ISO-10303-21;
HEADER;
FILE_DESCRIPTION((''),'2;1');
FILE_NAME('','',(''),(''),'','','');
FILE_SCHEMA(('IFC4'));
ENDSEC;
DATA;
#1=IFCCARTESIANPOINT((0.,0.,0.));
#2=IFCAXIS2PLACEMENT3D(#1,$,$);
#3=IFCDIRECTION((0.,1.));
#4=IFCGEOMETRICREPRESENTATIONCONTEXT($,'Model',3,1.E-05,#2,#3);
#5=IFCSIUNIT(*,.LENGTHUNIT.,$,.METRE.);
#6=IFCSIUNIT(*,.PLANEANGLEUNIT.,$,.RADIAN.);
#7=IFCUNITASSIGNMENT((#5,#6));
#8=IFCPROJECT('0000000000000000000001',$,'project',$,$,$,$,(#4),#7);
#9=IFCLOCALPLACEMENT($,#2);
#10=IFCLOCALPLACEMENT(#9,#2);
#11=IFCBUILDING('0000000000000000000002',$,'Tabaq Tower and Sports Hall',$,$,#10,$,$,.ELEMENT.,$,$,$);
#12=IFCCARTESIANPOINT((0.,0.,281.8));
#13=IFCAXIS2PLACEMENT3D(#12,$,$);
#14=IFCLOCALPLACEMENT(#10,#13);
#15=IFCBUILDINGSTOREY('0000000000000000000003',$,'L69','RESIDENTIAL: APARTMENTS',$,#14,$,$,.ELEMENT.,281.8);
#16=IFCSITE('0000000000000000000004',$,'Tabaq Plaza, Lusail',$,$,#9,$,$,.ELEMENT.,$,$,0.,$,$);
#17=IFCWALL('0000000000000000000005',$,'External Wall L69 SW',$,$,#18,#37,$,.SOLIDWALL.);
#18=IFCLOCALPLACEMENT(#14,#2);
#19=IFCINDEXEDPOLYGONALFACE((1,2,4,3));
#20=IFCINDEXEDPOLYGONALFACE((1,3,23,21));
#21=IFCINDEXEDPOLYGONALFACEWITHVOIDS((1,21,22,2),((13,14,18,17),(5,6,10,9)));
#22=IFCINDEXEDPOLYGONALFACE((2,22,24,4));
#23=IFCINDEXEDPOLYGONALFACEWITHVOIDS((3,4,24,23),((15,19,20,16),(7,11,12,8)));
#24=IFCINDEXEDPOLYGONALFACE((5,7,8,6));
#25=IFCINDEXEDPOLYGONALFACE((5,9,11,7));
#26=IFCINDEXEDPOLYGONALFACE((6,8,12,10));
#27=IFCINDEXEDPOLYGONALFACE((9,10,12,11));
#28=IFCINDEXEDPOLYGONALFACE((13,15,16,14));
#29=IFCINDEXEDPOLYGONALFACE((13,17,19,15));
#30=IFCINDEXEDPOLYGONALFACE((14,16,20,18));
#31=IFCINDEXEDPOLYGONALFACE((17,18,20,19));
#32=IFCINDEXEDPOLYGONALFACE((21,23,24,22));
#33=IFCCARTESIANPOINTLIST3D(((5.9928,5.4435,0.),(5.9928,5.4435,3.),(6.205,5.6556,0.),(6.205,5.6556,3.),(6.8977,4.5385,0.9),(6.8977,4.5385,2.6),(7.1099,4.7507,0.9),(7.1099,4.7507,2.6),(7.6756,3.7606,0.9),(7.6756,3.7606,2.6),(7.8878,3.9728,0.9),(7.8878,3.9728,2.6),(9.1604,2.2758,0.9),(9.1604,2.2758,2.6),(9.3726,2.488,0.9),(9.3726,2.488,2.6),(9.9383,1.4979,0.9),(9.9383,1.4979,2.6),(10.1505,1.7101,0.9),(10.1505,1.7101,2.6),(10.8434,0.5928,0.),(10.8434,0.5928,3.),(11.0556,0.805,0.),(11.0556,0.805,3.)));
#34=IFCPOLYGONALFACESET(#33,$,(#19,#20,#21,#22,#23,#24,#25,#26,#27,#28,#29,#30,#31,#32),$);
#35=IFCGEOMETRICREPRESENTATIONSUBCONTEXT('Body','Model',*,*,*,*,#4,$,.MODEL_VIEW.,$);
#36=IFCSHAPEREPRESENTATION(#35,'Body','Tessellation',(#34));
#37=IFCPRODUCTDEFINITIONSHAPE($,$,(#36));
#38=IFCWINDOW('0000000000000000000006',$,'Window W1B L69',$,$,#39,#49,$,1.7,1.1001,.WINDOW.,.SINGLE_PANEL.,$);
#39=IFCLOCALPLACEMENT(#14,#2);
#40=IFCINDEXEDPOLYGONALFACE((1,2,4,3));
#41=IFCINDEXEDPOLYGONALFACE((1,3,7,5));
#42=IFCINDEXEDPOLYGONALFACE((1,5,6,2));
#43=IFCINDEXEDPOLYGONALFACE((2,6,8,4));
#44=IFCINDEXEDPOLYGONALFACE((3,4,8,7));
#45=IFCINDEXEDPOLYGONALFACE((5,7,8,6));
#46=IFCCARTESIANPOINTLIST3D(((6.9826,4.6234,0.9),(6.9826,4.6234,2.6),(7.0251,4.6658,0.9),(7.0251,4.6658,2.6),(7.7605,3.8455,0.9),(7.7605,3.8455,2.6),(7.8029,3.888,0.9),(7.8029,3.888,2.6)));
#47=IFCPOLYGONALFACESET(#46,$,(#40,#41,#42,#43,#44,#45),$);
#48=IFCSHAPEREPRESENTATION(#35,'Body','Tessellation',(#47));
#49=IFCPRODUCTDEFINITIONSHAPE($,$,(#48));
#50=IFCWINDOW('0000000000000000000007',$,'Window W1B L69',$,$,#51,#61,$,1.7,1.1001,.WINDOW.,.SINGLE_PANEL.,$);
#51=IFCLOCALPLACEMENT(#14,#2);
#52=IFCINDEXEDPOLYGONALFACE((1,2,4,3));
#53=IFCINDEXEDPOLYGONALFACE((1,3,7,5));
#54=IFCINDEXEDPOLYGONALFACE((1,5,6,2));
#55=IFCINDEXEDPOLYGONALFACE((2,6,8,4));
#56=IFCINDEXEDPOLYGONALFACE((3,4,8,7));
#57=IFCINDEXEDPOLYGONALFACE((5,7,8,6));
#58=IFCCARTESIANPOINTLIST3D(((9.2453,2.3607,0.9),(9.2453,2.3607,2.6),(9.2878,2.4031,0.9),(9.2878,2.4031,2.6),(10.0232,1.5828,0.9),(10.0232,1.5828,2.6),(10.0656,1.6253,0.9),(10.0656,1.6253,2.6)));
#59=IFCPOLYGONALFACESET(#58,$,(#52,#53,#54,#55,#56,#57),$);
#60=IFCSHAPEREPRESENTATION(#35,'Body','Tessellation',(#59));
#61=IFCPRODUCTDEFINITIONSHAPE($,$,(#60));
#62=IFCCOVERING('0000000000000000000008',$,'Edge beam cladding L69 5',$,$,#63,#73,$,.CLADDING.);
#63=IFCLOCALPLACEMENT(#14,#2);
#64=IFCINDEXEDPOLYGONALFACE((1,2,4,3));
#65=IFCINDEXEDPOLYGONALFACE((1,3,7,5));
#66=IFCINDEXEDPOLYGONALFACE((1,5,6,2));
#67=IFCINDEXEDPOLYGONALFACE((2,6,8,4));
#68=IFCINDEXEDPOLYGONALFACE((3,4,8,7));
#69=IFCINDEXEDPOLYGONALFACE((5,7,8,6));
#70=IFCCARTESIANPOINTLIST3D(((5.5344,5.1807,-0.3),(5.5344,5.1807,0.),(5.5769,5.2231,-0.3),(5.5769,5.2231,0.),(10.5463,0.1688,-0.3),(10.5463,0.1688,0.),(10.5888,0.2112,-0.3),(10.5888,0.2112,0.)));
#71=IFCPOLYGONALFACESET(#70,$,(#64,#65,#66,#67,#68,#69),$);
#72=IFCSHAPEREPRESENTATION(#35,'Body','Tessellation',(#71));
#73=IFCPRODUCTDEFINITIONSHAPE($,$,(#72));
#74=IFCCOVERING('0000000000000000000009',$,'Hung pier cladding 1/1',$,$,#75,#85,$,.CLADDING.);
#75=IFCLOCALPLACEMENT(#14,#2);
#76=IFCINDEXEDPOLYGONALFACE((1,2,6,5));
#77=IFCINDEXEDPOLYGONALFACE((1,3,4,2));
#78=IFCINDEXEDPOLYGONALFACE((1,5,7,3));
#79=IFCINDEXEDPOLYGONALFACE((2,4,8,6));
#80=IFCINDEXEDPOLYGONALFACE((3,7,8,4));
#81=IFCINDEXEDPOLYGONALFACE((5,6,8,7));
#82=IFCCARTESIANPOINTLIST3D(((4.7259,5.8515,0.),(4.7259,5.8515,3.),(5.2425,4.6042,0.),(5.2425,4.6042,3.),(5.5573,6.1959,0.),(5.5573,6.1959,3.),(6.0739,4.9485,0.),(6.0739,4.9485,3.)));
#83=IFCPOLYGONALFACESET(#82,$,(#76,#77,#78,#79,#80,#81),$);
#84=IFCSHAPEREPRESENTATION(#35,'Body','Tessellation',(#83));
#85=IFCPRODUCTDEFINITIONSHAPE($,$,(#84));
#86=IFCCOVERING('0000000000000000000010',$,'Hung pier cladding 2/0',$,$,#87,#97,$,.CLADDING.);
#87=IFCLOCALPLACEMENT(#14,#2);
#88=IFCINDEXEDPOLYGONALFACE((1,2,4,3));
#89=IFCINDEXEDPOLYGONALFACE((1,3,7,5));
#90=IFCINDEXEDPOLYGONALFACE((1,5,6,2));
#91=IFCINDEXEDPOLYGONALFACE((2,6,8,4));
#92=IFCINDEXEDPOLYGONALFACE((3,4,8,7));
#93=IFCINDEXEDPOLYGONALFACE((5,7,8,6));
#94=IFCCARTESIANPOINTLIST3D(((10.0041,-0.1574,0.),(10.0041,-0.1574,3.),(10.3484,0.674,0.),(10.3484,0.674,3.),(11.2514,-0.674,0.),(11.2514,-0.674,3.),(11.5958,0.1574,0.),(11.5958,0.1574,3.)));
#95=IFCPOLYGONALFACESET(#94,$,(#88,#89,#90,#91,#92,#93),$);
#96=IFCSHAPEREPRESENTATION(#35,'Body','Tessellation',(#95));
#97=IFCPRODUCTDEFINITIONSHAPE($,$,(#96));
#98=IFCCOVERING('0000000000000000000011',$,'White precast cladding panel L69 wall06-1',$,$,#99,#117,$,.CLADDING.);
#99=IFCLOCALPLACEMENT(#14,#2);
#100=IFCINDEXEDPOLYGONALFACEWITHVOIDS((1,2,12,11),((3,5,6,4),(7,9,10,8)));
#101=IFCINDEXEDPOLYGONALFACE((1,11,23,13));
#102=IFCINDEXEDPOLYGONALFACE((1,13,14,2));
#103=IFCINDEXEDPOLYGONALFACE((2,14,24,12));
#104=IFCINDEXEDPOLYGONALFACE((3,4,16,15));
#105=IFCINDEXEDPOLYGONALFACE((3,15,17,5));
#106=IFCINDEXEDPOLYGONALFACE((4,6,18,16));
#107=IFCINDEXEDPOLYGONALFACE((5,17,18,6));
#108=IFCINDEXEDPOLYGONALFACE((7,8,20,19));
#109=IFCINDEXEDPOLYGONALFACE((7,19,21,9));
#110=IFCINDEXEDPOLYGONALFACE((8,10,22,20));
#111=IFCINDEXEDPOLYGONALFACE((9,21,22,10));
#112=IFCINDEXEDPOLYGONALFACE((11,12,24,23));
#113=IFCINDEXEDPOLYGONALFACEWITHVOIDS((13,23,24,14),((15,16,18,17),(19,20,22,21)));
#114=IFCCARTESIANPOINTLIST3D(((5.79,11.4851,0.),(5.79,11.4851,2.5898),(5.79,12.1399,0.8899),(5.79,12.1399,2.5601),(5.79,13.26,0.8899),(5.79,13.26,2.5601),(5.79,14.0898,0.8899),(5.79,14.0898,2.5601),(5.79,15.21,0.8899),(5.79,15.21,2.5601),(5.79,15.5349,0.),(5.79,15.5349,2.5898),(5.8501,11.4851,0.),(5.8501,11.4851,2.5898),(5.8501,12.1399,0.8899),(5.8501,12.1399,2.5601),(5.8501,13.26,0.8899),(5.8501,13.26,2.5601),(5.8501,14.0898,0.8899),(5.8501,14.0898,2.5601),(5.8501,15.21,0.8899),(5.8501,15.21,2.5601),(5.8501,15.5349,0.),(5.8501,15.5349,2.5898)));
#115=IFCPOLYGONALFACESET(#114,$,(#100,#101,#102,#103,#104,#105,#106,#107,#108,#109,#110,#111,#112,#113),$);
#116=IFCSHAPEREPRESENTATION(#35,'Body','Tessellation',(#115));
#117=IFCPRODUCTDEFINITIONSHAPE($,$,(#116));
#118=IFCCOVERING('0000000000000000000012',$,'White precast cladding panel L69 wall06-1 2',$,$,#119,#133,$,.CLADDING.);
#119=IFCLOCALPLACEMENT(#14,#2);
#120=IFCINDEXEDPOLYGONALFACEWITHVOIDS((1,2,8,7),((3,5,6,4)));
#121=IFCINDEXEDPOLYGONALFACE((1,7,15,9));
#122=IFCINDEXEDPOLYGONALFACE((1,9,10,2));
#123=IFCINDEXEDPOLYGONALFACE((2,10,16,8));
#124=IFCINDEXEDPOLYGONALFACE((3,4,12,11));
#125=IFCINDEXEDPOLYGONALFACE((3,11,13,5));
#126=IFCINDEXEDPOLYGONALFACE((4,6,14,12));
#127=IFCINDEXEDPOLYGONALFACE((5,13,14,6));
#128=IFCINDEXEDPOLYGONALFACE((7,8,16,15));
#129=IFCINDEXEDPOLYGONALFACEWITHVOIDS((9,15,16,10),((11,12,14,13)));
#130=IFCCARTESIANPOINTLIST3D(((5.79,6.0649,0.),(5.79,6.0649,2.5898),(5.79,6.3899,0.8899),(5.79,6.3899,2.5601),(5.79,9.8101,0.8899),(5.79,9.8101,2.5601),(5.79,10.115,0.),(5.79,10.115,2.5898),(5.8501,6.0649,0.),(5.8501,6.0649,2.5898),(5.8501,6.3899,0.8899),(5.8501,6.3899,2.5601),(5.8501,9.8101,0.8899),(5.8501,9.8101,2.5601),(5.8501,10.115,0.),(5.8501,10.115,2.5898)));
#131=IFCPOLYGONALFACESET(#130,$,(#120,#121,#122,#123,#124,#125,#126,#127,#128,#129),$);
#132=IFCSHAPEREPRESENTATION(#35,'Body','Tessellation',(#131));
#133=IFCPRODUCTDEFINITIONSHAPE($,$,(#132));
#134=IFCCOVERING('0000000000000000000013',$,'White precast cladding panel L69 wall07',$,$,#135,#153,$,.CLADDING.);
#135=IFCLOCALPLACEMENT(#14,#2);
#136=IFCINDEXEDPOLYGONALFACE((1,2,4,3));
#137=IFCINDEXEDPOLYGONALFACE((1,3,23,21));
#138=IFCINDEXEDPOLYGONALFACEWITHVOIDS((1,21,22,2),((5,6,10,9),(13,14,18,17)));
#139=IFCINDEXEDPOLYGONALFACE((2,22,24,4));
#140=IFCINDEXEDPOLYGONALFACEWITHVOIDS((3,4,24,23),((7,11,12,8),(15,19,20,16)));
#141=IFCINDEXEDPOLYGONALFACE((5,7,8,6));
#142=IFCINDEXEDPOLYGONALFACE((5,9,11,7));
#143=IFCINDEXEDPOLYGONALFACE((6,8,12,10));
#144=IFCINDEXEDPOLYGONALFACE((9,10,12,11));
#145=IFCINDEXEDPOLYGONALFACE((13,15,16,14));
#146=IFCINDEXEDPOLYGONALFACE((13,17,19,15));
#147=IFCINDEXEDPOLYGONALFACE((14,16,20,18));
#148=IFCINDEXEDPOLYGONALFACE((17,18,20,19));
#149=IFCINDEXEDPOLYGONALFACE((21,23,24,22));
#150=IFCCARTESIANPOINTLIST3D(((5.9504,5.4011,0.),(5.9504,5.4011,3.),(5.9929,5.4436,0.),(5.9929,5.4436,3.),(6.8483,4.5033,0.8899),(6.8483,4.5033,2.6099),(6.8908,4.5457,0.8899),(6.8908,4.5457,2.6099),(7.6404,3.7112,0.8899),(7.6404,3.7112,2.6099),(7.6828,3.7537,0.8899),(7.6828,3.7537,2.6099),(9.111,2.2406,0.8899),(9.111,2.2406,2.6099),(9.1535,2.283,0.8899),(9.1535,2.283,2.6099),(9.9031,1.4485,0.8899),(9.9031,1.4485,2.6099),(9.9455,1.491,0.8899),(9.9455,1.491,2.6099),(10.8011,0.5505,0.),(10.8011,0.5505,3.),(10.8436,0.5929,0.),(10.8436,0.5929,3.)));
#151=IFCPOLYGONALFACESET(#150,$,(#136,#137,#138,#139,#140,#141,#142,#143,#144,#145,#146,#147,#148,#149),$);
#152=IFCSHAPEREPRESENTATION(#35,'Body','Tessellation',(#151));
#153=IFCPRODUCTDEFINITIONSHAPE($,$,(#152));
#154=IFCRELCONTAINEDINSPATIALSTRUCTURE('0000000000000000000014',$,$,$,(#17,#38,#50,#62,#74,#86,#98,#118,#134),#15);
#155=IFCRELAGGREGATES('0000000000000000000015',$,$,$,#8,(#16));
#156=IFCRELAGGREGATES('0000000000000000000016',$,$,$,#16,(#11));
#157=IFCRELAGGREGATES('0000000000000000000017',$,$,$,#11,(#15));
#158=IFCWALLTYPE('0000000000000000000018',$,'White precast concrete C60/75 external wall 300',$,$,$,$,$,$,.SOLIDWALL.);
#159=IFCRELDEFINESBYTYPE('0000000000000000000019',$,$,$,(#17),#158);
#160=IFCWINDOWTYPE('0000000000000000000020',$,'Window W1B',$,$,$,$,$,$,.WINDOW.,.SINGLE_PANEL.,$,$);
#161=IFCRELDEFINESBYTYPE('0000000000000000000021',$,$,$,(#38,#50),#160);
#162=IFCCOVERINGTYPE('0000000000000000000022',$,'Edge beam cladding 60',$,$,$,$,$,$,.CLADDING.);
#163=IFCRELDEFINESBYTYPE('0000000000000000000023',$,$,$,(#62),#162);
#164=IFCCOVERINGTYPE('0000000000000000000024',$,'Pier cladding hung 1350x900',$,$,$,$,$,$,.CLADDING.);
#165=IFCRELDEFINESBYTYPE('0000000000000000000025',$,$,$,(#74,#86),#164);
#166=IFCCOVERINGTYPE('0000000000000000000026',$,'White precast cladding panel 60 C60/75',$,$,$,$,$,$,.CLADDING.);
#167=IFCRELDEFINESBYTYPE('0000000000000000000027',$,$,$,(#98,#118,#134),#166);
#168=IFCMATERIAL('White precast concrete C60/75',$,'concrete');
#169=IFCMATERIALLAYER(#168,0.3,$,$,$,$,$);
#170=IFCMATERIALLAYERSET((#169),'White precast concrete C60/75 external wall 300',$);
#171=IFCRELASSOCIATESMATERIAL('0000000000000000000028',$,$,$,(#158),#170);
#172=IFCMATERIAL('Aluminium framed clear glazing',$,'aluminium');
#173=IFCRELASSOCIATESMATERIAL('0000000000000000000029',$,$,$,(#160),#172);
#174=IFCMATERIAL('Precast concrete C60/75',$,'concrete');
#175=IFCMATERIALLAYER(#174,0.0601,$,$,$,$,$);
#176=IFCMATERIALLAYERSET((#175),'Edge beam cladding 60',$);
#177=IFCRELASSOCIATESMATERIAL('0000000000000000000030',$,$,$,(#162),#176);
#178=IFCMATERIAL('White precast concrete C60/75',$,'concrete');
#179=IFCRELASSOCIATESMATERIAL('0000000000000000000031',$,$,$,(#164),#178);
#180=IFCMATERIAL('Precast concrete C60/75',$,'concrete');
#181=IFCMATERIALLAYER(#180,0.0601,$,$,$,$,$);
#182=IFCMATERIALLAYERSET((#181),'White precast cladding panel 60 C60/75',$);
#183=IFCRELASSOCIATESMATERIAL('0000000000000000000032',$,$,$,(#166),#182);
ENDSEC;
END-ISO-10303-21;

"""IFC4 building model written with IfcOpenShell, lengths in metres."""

from ifc_helpers import new_model, si_unit, direction, frame, frame_2d, origin, place, context, subcontext, project, spatial, polyline, rectangle, outline, extrude, material, layer, layer_set, type_object, element, fill, save


model = new_model("IFC4")

# Units and contexts
model_context = context("Model", 3, precision=1e-05, world=origin(), true_north=direction((0.0, 1.0)))
body_context = subcontext(model_context, "Body", "Model", "MODEL_VIEW")
ifc_project = project(units=[si_unit("LENGTHUNIT", "METRE"), si_unit("PLANEANGLEUNIT", "RADIAN")], contexts=[model_context])

# Site, building, storey
site_placement = place(None, origin())
site = spatial("IfcSite", under=ifc_project, at=site_placement, Name="Tabaq Plaza, Lusail", CompositionType="ELEMENT", RefElevation=0.0)
building_placement = place(site_placement, origin())
building = spatial("IfcBuilding", under=site, at=building_placement, Name="Tabaq Tower and Sports Hall", CompositionType="ELEMENT")
storey_placement = place(building_placement, frame((0.0, 0.0, 281.8)))
storey = spatial("IfcBuildingStorey", under=building, at=storey_placement, Name="L69", Description="RESIDENTIAL: APARTMENTS", CompositionType="ELEMENT", Elevation=281.8)

# Wall, openings, windows
ifc_material_1 = material(Name="White precast concrete C60/75", Category="concrete")
ifc_layer_1 = layer(ifc_material_1, 0.3)
ifc_layer_set_1 = layer_set([ifc_layer_1], Name="White precast concrete C60/75 external wall 300")
wall_type_1 = type_object("IfcWallType", Name="White precast concrete C60/75 external wall 300", PredefinedType="SOLIDWALL", material=ifc_layer_set_1)
ifc_material_2 = material(Name="Aluminium framed clear glazing", Category="aluminium")
window_type_1 = type_object("IfcWindowType", Name="Window W1B", PartitioningType="SINGLE_PANEL", PredefinedType="WINDOW", material=ifc_material_2)
wall_1_placement = place(storey_placement, frame((6.0989, 5.5496, 0.0), z_axis=(0.0, 0.0, 1.0), x_axis=(0.707107, -0.707107, 0.0)))
wall_1 = element("IfcWall", 1, at=wall_1_placement, inside=storey, type_object=wall_type_1, Name="External Wall L69 SW", PredefinedType="SOLIDWALL", context=body_context, shape_type="SweptSolid", body=[
    extrude(rectangle(XDim=6.8599, YDim=0.3, at=frame_2d((3.4299, 0.0))), origin(), (0.0, 0.0, 1.0), 3.0),
])
opening_1_placement = place(wall_1_placement, frame((1.2798, 0.0, 0.8999)))
opening_1 = element("IfcOpeningElement", 2, at=opening_1_placement, cuts=wall_1, PredefinedType="OPENING", context=body_context, shape_type="SweptSolid", body=[
    extrude(rectangle(XDim=1.1001, YDim=1.7, at=frame_2d((0.55, 0.8501))), frame((0.0, 0.1602, 0.0), z_axis=(0.0, -1.0, 0.0), x_axis=(1.0, 0.0, 0.0)), (0.0, 0.0, 1.0), 0.3201),
])
opening_2_placement = place(wall_1_placement, frame((4.4797, 0.0, 0.8999)))
opening_2 = element("IfcOpeningElement", 3, at=opening_2_placement, cuts=wall_1, PredefinedType="OPENING", context=body_context, shape_type="SweptSolid", body=[
    extrude(rectangle(XDim=1.1001, YDim=1.7, at=frame_2d((0.55, 0.8501))), frame((0.0, 0.1602, 0.0), z_axis=(0.0, -1.0, 0.0), x_axis=(1.0, 0.0, 0.0)), (0.0, 0.0, 1.0), 0.3201),
])
window_1_placement = place(opening_1_placement, origin())
window_1 = element("IfcWindow", 4, at=window_1_placement, inside=storey, type_object=window_type_1, Name="Window W1B L69", OverallHeight=1.7, OverallWidth=1.1001, PartitioningType="SINGLE_PANEL", PredefinedType="WINDOW", context=body_context, shape_type="SweptSolid", body=[
    extrude(rectangle(XDim=1.1001, YDim=1.7, at=frame_2d((0.55, 0.8501))), frame((0.0, 0.03, 0.0), z_axis=(0.0, -1.0, 0.0), x_axis=(1.0, 0.0, 0.0)), (0.0, 0.0, 1.0), 0.0601),
])
fill(opening_1, window_1)
window_2_placement = place(opening_2_placement, origin())
window_2 = element("IfcWindow", 5, at=window_2_placement, inside=storey, type_object=window_type_1, Name="Window W1B L69", OverallHeight=1.7, OverallWidth=1.1001, PartitioningType="SINGLE_PANEL", PredefinedType="WINDOW", context=body_context, shape_type="SweptSolid", body=[
    extrude(rectangle(XDim=1.1001, YDim=1.7, at=frame_2d((0.55, 0.8501))), frame((0.0, 0.03, 0.0), z_axis=(0.0, -1.0, 0.0), x_axis=(1.0, 0.0, 0.0)), (0.0, 0.0, 1.0), 0.0601),
])
fill(opening_2, window_2)

# Coverings
ifc_material_3 = material(Name="Precast concrete C60/75", Category="concrete")
ifc_layer_2 = layer(ifc_material_3, 0.0601)
ifc_layer_set_2 = layer_set([ifc_layer_2], Name="Edge beam cladding 60")
covering_type_1 = type_object("IfcCoveringType", Name="Edge beam cladding 60", PredefinedType="CLADDING", material=ifc_layer_set_2)
covering_1_placement = place(storey_placement, frame((5.5557, 5.2019, -0.3), z_axis=(0.0, 0.0, 1.0), x_axis=(0.707107, -0.707107, 0.0)))
element("IfcCovering", 6, at=covering_1_placement, inside=storey, type_object=covering_type_1, Name="Edge beam cladding L69 5", PredefinedType="CLADDING", context=body_context, shape_type="SweptSolid", body=[
    extrude(rectangle(XDim=7.0879, YDim=0.0601, at=frame_2d((3.5439, 0.0))), origin(), (0.0, 0.0, 1.0), 0.3),
])
ifc_material_4 = material(Name="White precast concrete C60/75", Category="concrete")
covering_type_2 = type_object("IfcCoveringType", Name="Pier cladding hung 1350x900", PredefinedType="CLADDING", material=ifc_material_4)
for number, where, z_axis, x_axis, name in (
    (7, (5.1416, 6.0237, 0.0), (0.0, 0.0, 1.0), (0.38265, -0.923893, 0.0), "Hung pier cladding 1/1"),
    (8, (10.1763, 0.2583, 0.0), (0.0, 0.0, 1.0), (0.923893, -0.38265, 0.0), "Hung pier cladding 2/0"),
):
    element("IfcCovering", number, at=place(storey_placement, frame(where, z_axis=z_axis, x_axis=x_axis)), inside=storey, type_object=covering_type_2, Name=name, PredefinedType="CLADDING", context=body_context, shape_type="SweptSolid", body=[
        extrude(rectangle(XDim=1.3501, YDim=0.8999, at=frame_2d((0.675, 0.0))), origin(), (0.0, 0.0, 1.0), 3.0),
    ])
ifc_material_5 = material(Name="Precast concrete C60/75", Category="concrete")
ifc_layer_3 = layer(ifc_material_5, 0.0601)
ifc_layer_set_3 = layer_set([ifc_layer_3], Name="White precast cladding panel 60 C60/75")
covering_type_3 = type_object("IfcCoveringType", Name="White precast cladding panel 60 C60/75", PredefinedType="CLADDING", material=ifc_layer_set_3)
covering_2_placement = place(storey_placement, frame((5.8201, 15.5349, 0.0), z_axis=(0.0, 0.0, 1.0), x_axis=(0.0, -1.0, 0.0)))
element("IfcCovering", 9, at=covering_2_placement, inside=storey, type_object=covering_type_3, Name="White precast cladding panel L69 wall06-1", PredefinedType="CLADDING", context=body_context, shape_type="SweptSolid", body=[
    extrude(outline(polyline([(0.0, 0.0), (4.0498, 0.0), (4.0498, 2.5898), (0.0, 2.5898), (0.0, 0.0)]), holes=[polyline([(0.325, 0.8899), (0.325, 2.5601), (1.4451, 2.5601), (1.4451, 0.8899), (0.325, 0.8899)]), polyline([(2.2749, 0.8899), (2.2749, 2.5601), (3.395, 2.5601), (3.395, 0.8899), (2.2749, 0.8899)])]), frame((0.0, 0.03, 0.0), z_axis=(0.0, -1.0, 0.0), x_axis=(1.0, 0.0, 0.0)), (0.0, 0.0, 1.0), 0.0601),
])
covering_3_placement = place(storey_placement, frame((5.8201, 10.115, 0.0), z_axis=(0.0, 0.0, 1.0), x_axis=(0.0, -1.0, 0.0)))
element("IfcCovering", 10, at=covering_3_placement, inside=storey, type_object=covering_type_3, Name="White precast cladding panel L69 wall06-1 2", PredefinedType="CLADDING", context=body_context, shape_type="SweptSolid", body=[
    extrude(outline(polyline([(0.0, 0.0), (4.05, 0.0), (4.05, 2.5898), (0.0, 2.5898), (0.0, 0.0)]), holes=[polyline([(3.7251, 0.8899), (0.3049, 0.8899), (0.3049, 2.5601), (3.7251, 2.5601), (3.7251, 0.8899)])]), frame((0.0, 0.03, 0.0), z_axis=(0.0, -1.0, 0.0), x_axis=(1.0, 0.0, 0.0)), (0.0, 0.0, 1.0), 0.0601),
])
covering_4_placement = place(storey_placement, frame((5.9717, 5.4224, 0.0), z_axis=(0.0, 0.0, 1.0), x_axis=(0.707107, -0.707107, 0.0)))
element("IfcCovering", 11, at=covering_4_placement, inside=storey, type_object=covering_type_3, Name="White precast cladding panel L69 wall07", PredefinedType="CLADDING", context=body_context, shape_type="SweptSolid", body=[
    extrude(outline(polyline([(0.0, 0.0), (6.8599, 0.0), (6.8599, 3.0), (0.0, 3.0), (0.0, 0.0)]), holes=[polyline([(1.2698, 2.6099), (2.3899, 2.6099), (2.3899, 0.8899), (1.2698, 0.8899), (1.2698, 2.6099)]), polyline([(4.4697, 2.6099), (5.5898, 2.6099), (5.5898, 0.8899), (4.4697, 0.8899), (4.4697, 2.6099)])]), frame((0.0, 0.03, 0.0), z_axis=(0.0, -1.0, 0.0), x_axis=(1.0, 0.0, 0.0)), (0.0, 0.0, 1.0), 0.0601),
])

save(model, "model.ifc")
